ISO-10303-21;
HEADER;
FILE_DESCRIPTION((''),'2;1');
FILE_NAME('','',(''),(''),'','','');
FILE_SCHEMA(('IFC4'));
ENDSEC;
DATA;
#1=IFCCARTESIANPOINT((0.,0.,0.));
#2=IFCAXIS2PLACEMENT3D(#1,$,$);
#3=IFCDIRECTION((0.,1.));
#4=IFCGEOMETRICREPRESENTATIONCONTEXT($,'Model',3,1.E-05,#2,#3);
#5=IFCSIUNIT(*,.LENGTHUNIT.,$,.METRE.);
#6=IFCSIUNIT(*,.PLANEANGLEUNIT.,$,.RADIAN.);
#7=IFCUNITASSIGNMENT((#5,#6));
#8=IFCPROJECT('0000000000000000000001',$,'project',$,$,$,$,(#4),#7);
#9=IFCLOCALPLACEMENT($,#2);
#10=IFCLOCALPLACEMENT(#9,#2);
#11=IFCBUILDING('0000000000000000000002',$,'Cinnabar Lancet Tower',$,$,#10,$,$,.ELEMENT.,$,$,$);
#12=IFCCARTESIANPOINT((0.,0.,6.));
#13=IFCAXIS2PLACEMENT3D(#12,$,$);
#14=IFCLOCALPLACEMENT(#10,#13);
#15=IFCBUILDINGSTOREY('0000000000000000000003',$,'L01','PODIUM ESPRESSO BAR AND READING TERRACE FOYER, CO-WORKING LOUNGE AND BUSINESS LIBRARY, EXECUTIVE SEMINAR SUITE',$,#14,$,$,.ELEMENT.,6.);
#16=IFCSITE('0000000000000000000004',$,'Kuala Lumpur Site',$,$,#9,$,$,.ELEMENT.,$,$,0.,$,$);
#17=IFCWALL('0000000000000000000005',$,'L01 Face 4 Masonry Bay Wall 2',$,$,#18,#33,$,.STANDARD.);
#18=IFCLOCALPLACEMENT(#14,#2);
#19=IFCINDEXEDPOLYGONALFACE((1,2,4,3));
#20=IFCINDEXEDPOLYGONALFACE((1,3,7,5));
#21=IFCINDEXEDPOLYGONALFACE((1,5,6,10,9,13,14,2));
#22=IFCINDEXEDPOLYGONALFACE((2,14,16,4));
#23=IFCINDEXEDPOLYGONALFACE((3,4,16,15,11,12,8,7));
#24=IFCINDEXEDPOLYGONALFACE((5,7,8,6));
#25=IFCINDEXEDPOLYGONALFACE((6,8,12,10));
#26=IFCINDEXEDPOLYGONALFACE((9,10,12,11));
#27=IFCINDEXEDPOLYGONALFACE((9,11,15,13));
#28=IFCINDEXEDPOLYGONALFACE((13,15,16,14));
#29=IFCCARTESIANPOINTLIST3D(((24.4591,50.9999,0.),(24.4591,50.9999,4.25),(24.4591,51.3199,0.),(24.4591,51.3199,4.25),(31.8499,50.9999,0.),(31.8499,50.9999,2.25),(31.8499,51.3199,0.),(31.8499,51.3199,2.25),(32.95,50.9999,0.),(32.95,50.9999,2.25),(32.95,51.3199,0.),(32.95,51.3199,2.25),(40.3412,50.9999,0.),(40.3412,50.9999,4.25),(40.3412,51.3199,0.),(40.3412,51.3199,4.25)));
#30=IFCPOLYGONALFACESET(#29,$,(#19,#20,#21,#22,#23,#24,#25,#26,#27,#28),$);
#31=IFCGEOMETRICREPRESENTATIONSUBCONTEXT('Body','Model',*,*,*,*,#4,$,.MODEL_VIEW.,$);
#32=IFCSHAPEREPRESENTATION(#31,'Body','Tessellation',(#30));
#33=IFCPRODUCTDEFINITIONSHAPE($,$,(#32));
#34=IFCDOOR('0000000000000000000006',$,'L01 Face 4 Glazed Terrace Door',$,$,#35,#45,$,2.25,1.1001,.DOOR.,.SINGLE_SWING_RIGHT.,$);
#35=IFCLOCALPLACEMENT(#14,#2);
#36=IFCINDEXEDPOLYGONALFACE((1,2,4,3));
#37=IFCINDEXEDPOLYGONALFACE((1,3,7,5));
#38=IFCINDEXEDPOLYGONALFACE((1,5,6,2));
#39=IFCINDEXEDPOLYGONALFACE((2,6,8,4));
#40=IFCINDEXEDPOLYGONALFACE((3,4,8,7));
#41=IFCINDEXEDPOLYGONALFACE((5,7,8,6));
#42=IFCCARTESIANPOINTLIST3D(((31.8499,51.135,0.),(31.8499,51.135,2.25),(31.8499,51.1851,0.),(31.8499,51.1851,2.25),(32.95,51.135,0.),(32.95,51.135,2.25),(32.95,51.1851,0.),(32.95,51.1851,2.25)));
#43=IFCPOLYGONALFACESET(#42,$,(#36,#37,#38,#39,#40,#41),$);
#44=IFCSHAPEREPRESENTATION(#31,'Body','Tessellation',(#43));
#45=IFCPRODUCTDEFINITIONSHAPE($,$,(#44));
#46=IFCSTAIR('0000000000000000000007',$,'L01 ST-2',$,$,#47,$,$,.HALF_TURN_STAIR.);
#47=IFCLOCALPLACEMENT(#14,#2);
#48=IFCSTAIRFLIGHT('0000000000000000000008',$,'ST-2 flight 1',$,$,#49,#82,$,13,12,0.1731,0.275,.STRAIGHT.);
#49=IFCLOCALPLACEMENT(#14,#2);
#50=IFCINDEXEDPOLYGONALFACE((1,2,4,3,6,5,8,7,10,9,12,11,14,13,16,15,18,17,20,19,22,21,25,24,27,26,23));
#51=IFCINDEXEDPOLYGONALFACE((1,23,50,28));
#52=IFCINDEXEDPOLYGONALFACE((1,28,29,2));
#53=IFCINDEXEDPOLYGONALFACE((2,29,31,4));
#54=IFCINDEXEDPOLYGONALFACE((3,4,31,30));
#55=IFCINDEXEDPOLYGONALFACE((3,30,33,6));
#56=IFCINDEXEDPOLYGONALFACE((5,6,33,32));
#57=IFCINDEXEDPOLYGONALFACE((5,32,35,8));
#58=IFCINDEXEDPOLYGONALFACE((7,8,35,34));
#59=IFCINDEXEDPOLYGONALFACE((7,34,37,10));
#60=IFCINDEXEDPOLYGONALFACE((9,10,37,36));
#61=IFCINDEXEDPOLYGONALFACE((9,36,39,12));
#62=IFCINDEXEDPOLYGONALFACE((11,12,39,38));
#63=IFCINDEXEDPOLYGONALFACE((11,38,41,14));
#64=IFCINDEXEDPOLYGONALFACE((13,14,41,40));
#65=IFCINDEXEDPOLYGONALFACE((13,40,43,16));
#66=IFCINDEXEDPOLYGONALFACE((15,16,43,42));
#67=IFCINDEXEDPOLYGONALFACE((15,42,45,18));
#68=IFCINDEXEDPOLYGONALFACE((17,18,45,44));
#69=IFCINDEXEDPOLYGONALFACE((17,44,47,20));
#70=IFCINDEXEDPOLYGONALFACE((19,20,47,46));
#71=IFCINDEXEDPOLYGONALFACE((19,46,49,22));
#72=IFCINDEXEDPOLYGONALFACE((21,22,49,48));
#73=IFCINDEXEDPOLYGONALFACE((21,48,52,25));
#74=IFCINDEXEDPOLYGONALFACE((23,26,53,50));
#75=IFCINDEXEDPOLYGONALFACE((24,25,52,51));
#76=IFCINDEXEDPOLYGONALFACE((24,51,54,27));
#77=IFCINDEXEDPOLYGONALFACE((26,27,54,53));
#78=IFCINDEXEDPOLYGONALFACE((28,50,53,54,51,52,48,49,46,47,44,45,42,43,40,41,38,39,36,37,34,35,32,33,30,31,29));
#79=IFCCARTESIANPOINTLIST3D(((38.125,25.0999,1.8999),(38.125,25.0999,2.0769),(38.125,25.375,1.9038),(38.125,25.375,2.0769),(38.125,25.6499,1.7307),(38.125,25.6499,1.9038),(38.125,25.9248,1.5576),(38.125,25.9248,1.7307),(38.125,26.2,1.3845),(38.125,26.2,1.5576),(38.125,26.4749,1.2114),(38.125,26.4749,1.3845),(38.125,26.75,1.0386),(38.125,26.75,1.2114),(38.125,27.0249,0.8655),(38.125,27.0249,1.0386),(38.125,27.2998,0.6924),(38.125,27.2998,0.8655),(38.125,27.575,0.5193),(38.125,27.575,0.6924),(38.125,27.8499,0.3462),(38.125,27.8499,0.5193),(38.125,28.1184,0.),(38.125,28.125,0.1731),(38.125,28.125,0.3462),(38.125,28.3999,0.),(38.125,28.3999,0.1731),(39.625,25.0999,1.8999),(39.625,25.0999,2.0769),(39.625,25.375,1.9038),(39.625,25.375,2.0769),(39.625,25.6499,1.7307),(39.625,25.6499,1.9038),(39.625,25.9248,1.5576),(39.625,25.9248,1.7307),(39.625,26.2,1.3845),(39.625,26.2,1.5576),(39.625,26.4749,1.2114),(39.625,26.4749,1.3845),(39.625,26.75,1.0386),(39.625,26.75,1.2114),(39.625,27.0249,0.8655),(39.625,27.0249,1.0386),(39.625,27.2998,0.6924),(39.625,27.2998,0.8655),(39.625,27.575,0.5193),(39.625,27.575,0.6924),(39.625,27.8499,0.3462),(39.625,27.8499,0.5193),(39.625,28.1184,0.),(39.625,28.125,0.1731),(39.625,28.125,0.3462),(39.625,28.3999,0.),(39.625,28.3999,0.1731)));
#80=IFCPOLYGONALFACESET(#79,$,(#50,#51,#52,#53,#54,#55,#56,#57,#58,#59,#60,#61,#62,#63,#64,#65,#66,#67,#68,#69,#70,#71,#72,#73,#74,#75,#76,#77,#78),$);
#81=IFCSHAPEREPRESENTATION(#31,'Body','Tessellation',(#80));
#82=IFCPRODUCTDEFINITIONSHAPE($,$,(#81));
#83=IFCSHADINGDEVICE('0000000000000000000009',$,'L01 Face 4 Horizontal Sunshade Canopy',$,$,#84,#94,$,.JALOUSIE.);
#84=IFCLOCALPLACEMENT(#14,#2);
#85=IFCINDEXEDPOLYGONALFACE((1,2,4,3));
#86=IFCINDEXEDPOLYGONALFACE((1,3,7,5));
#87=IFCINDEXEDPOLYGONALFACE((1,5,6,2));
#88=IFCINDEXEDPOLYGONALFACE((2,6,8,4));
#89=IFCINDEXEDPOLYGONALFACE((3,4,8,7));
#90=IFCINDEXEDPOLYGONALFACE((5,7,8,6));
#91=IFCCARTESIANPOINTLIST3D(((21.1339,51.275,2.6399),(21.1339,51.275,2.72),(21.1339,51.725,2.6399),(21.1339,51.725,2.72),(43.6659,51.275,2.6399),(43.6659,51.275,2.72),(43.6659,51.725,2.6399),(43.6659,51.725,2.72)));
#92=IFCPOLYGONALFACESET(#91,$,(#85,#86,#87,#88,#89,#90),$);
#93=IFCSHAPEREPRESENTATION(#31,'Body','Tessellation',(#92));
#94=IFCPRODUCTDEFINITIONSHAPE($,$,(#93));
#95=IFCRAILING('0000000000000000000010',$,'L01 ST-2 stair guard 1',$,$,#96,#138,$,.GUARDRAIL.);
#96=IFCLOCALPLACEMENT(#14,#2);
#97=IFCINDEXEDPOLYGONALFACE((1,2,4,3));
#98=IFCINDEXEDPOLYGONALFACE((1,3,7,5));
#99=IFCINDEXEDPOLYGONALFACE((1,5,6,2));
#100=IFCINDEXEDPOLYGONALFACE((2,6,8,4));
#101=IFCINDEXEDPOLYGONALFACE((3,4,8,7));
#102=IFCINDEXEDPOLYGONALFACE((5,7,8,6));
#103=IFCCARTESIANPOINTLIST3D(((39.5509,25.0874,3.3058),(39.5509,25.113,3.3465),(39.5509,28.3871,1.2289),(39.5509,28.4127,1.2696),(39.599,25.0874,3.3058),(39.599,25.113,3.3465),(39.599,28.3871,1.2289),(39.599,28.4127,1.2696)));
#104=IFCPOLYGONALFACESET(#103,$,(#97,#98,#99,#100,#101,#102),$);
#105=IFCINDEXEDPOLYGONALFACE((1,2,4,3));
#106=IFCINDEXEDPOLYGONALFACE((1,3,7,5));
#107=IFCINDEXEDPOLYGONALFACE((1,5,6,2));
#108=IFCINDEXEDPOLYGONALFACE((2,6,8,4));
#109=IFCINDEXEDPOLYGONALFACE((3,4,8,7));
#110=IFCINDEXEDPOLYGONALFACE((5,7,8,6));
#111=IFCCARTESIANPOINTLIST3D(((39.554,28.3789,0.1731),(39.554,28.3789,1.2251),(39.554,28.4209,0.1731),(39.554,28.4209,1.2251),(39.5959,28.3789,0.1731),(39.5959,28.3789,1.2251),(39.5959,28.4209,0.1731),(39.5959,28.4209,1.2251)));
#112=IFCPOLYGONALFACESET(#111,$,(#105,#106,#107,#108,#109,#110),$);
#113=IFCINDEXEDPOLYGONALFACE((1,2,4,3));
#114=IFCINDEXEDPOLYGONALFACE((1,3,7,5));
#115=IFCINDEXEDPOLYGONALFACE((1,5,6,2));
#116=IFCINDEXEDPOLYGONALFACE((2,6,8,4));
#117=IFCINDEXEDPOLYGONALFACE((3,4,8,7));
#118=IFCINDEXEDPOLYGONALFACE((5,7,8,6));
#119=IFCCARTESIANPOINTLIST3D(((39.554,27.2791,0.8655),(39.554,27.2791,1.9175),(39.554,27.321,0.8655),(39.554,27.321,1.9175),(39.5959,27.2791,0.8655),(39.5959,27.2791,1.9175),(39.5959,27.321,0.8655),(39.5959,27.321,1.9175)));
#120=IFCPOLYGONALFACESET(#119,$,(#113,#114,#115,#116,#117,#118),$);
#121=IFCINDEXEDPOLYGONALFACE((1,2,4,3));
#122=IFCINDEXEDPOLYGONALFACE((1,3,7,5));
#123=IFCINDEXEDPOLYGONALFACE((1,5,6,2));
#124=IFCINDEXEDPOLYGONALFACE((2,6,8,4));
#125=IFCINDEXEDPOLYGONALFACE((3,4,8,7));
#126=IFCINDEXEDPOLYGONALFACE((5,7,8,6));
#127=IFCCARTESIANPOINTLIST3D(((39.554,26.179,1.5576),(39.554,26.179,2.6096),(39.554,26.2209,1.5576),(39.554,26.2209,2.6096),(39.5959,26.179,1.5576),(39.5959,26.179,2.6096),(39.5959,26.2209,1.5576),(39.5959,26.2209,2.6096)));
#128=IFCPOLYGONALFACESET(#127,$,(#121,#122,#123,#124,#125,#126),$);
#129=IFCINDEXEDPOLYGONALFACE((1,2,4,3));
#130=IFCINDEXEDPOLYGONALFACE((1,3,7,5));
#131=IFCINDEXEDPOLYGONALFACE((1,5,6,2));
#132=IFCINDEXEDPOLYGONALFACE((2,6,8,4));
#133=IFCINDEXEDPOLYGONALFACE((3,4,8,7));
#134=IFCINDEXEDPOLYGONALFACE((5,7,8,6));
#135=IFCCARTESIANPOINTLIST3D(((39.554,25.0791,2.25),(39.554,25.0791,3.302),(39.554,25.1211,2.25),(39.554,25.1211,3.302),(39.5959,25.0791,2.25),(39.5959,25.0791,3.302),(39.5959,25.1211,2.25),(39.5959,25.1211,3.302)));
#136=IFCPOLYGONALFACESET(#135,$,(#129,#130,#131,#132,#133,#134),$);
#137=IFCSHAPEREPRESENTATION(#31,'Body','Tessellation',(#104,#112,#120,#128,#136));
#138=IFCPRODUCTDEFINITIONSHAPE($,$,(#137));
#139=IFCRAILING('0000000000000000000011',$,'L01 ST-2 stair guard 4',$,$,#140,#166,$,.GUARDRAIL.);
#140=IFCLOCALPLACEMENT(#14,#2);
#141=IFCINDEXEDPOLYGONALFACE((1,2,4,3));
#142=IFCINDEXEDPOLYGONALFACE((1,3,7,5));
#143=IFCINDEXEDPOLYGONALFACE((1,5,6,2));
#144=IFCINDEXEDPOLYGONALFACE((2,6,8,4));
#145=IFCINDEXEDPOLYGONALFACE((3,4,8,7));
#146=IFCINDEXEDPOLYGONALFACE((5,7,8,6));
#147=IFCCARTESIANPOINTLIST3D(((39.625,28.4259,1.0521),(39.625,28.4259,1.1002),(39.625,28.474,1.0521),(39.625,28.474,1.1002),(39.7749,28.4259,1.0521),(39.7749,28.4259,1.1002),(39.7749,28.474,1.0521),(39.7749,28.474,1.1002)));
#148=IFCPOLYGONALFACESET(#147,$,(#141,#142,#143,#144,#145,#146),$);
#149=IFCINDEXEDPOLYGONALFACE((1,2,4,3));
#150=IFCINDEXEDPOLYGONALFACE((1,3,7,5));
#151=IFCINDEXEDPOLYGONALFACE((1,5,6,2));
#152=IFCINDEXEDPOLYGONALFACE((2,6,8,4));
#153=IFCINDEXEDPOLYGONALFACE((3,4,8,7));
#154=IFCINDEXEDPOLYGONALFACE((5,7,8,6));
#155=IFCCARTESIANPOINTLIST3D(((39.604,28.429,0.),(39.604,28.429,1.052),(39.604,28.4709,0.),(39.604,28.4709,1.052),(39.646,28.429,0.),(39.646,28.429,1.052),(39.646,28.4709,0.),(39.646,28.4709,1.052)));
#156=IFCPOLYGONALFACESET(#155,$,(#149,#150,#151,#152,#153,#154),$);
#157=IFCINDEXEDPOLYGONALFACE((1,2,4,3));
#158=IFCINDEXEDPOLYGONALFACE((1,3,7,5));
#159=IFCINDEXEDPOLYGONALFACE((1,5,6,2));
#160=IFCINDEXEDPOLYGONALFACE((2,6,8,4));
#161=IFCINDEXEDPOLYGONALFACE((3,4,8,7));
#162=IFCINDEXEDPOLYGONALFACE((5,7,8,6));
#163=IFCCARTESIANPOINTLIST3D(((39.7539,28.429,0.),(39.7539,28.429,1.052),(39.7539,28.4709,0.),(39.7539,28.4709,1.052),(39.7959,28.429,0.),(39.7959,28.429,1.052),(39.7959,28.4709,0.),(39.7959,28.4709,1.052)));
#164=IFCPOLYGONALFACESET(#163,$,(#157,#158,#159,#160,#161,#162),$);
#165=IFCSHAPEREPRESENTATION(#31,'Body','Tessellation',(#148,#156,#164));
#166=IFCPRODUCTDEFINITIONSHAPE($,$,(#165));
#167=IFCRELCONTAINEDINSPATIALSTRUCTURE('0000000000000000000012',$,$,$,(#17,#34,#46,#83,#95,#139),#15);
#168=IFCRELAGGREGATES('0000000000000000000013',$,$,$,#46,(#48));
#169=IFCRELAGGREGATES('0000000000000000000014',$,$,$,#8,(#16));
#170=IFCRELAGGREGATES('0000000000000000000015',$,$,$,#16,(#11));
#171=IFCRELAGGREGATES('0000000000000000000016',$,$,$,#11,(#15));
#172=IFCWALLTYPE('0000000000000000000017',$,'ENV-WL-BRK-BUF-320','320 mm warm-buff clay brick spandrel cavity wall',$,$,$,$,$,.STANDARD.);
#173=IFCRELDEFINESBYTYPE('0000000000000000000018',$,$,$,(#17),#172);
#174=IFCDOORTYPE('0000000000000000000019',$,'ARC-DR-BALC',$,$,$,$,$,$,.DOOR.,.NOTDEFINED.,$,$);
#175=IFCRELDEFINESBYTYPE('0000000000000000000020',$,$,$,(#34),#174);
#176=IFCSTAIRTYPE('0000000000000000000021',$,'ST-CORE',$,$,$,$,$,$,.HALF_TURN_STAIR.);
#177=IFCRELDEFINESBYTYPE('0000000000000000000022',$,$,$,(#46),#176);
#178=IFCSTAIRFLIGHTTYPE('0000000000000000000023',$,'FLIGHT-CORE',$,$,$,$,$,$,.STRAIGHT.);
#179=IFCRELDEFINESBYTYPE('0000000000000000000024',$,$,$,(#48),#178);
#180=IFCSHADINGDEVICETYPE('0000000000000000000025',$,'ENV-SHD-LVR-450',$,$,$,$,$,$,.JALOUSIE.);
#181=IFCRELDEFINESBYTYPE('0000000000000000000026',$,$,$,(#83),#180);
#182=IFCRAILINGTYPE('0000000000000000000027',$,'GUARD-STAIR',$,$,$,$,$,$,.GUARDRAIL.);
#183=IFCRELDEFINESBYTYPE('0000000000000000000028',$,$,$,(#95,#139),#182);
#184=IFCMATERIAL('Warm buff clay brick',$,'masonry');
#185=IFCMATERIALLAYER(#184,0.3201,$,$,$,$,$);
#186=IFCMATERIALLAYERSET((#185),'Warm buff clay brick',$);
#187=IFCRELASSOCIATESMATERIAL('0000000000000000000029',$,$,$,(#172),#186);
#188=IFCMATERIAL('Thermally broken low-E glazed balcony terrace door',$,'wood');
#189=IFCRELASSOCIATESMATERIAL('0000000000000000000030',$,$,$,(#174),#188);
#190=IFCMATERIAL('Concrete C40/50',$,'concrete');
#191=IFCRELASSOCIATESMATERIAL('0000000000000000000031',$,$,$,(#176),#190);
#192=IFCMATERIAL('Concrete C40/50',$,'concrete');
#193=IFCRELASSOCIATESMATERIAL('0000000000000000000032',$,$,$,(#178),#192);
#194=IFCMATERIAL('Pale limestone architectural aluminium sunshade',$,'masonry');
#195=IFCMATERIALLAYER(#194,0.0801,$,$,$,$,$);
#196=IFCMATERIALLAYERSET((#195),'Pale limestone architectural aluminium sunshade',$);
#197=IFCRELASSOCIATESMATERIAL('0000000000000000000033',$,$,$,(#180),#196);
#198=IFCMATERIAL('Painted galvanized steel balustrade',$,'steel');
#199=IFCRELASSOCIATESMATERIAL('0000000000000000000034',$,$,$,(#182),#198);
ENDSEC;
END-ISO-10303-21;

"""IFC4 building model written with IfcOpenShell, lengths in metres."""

from ifc_helpers import new_model, si_unit, direction, frame, frame_2d, origin, origin_2d, place, context, subcontext, project, spatial, polyline, rectangle, outline, extrude, material, layer, layer_set, type_object, element, fill, aggregate, save


model = new_model("IFC4")

# Units and contexts
model_context = context("Model", 3, precision=1e-05, world=origin(), true_north=direction((0.0, 1.0)))
body_context = subcontext(model_context, "Body", "Model", "MODEL_VIEW")
ifc_project = project(units=[si_unit("LENGTHUNIT", "METRE"), si_unit("PLANEANGLEUNIT", "RADIAN")], contexts=[model_context])

# Site, building, storey
site_placement = place(None, origin())
site = spatial("IfcSite", under=ifc_project, at=site_placement, Name="Kuala Lumpur Site", CompositionType="ELEMENT", RefElevation=0.0)
building_placement = place(site_placement, origin())
building = spatial("IfcBuilding", under=site, at=building_placement, Name="Cinnabar Lancet Tower", CompositionType="ELEMENT")
storey_placement = place(building_placement, frame((0.0, 0.0, 6.0)))
storey = spatial("IfcBuildingStorey", under=building, at=storey_placement, Name="L01", Description="PODIUM ESPRESSO BAR AND READING TERRACE FOYER, CO-WORKING LOUNGE AND BUSINESS LIBRARY, EXECUTIVE SEMINAR SUITE", CompositionType="ELEMENT", Elevation=6.0)

# Wall, opening, door
ifc_material_1 = material(Name="Warm buff clay brick", Category="masonry")
ifc_layer_1 = layer(ifc_material_1, 0.3201)
ifc_layer_set_1 = layer_set([ifc_layer_1], Name="Warm buff clay brick")
wall_type_1 = type_object("IfcWallType", Name="ENV-WL-BRK-BUF-320", Description="320 mm warm-buff clay brick spandrel cavity wall", PredefinedType="STANDARD", material=ifc_layer_set_1)
wall_1_placement = place(storey_placement, frame((40.3411, 51.1599, 0.0), z_axis=(0.0, 0.0, 1.0), x_axis=(-1.0, 0.0, 0.0)))
wall_1 = element("IfcWall", 1, at=wall_1_placement, inside=storey, type_object=wall_type_1, Name="L01 Face 4 Masonry Bay Wall 2", PredefinedType="STANDARD", context=body_context, shape_type="SweptSolid", body=[
    extrude(rectangle(XDim=15.8821, YDim=0.3201, at=frame_2d((7.9409, 0.0))), origin(), (0.0, 0.0, 1.0), 4.25),
])
opening_1_placement = place(wall_1_placement, frame((7.3911, 0.0, 0.0)))
opening_1 = element("IfcOpeningElement", 2, at=opening_1_placement, cuts=wall_1, PredefinedType="OPENING", context=body_context, shape_type="SweptSolid", body=[
    extrude(rectangle(XDim=1.1001, YDim=2.25, at=frame_2d((0.55, 1.125))), frame((0.0, 0.1699, 0.0), z_axis=(0.0, -1.0, 0.0), x_axis=(1.0, 0.0, 0.0)), (0.0, 0.0, 1.0), 0.3401),
])
ifc_material_2 = material(Name="Thermally broken low-E glazed balcony terrace door", Category="wood")
door_type_1 = type_object("IfcDoorType", Name="ARC-DR-BALC", OperationType="NOTDEFINED", PredefinedType="DOOR", material=ifc_material_2)
door_1_placement = place(opening_1_placement, origin())
door_1 = element("IfcDoor", 3, at=door_1_placement, inside=storey, type_object=door_type_1, Name="L01 Face 4 Glazed Terrace Door", OperationType="SINGLE_SWING_RIGHT", OverallHeight=2.25, OverallWidth=1.1001, PredefinedType="DOOR", context=body_context, shape_type="SweptSolid", body=[
    extrude(rectangle(XDim=1.1001, YDim=2.25, at=frame_2d((0.55, 1.125))), frame((0.0, 0.0249, 0.0), z_axis=(0.0, -1.0, 0.0), x_axis=(1.0, 0.0, 0.0)), (0.0, 0.0, 1.0), 0.05),
])
fill(opening_1, door_1)

# Stair, stair flight
ifc_material_3 = material(Name="Concrete C40/50", Category="concrete")
stair_type = type_object("IfcStairType", Name="ST-CORE", PredefinedType="HALF_TURN_STAIR", material=ifc_material_3)
stair_placement = place(storey_placement, origin())
stair = element("IfcStair", 4, at=stair_placement, inside=storey, type_object=stair_type, Name="L01 ST-2", PredefinedType="HALF_TURN_STAIR")
ifc_material_4 = material(Name="Concrete C40/50", Category="concrete")
stair_flight_type = type_object("IfcStairFlightType", Name="FLIGHT-CORE", PredefinedType="STRAIGHT", material=ifc_material_4)
stair_flight_placement = place(storey_placement, frame((38.875, 28.3999, 0.0), z_axis=(0.0, 0.0, 1.0), x_axis=(0.0, -1.0, 0.0)))
stair_flight = element("IfcStairFlight", 5, at=stair_flight_placement, type_object=stair_flight_type, Name="ST-2 flight 1", NumberOfRisers=13, NumberOfTreads=12, PredefinedType="STRAIGHT", RiserHeight=0.1731, TreadLength=0.275, context=body_context, shape_type="SweptSolid", body=[
    extrude(outline(polyline([(0.0, 0.0), (0.0, 0.1731), (0.2749, 0.1731), (0.2749, 0.3462), (0.55, 0.3462), (0.55, 0.5193), (0.825, 0.5193), (0.825, 0.6924), (1.1001, 0.6924), (1.1001, 0.8655), (1.375, 0.8655), (1.375, 1.0386), (1.6499, 1.0386), (1.6499, 1.2114), (1.925, 1.2114), (1.925, 1.3845), (2.2, 1.3845), (2.2, 1.5576), (2.4751, 1.5576), (2.4751, 1.7307), (2.75, 1.7307), (2.75, 1.9038), (3.0249, 1.9038), (3.0249, 2.0769), (3.3, 2.0769), (3.3, 2.25), (3.3, 1.8999), (0.2815, 0.0), (0.0, 0.0)])), frame((0.0, 0.75, 0.0), z_axis=(0.0, -1.0, 0.0), x_axis=(1.0, 0.0, 0.0)), (0.0, 0.0, 1.0), 1.5),
])
aggregate(stair, [stair_flight])

# Shading device
ifc_material_5 = material(Name="Pale limestone architectural aluminium sunshade", Category="masonry")
ifc_layer_2 = layer(ifc_material_5, 0.0801)
ifc_layer_set_2 = layer_set([ifc_layer_2], Name="Pale limestone architectural aluminium sunshade")
shading_device_type = type_object("IfcShadingDeviceType", Name="ENV-SHD-LVR-450", PredefinedType="JALOUSIE", material=ifc_layer_set_2)
shading_device_placement = place(storey_placement, frame((32.3999, 51.5, 2.6399), z_axis=(0.0, 0.0, 1.0), x_axis=(-1.0, 0.0, 0.0)))
element("IfcShadingDevice", 6, at=shading_device_placement, inside=storey, type_object=shading_device_type, Name="L01 Face 4 Horizontal Sunshade Canopy", PredefinedType="JALOUSIE", context=body_context, shape_type="SweptSolid", body=[
    extrude(rectangle(XDim=22.532, YDim=0.45, at=origin_2d()), origin(), (0.0, 0.0, 1.0), 0.0801),
])

# Railings
ifc_material_6 = material(Name="Painted galvanized steel balustrade", Category="steel")
railing_type_1 = type_object("IfcRailingType", Name="GUARD-STAIR", PredefinedType="GUARDRAIL", material=ifc_material_6)
railing_1_placement = place(storey_placement, frame((39.575, 28.3999, 0.1731)))
element("IfcRailing", 7, at=railing_1_placement, inside=storey, type_object=railing_type_1, Name="L01 ST-2 stair guard 1", PredefinedType="GUARDRAIL", context=body_context, shape_type="SweptSolid", body=[
    extrude(rectangle(XDim=0.0481, YDim=0.0481, at=origin_2d()), frame((0.0, 0.0, 1.0762), z_axis=(0.0, -0.84632, 0.532675), x_axis=(1.0, 0.0, 0.0)), (0.0, 0.0, 1.0), 3.8989),
    extrude(rectangle(XDim=0.042, YDim=0.042, at=origin_2d()), origin(), (0.0, 0.0, 1.0), 1.052),
    extrude(rectangle(XDim=0.042, YDim=0.042, at=origin_2d()), frame((0.0, -1.0999, 0.6924)), (0.0, 0.0, 1.0), 1.052),
    extrude(rectangle(XDim=0.042, YDim=0.042, at=origin_2d()), frame((0.0, -2.2, 1.3845)), (0.0, 0.0, 1.0), 1.052),
    extrude(rectangle(XDim=0.042, YDim=0.042, at=origin_2d()), frame((0.0, -3.2998, 2.0769)), (0.0, 0.0, 1.0), 1.052),
])
railing_2_placement = place(storey_placement, frame((39.625, 28.45, 0.0)))
element("IfcRailing", 8, at=railing_2_placement, inside=storey, type_object=railing_type_1, Name="L01 ST-2 stair guard 4", PredefinedType="GUARDRAIL", context=body_context, shape_type="SweptSolid", body=[
    extrude(rectangle(XDim=0.0481, YDim=0.0481, at=origin_2d()), frame((0.0, 0.0, 1.0762), z_axis=(1.0, 0.0, 0.0), x_axis=(0.0, 1.0, 0.0)), (0.0, 0.0, 1.0), 0.1499),
    extrude(rectangle(XDim=0.042, YDim=0.042, at=origin_2d()), origin(), (0.0, 0.0, 1.0), 1.052),
    extrude(rectangle(XDim=0.042, YDim=0.042, at=origin_2d()), frame((0.1499, 0.0, 0.0)), (0.0, 0.0, 1.0), 1.052),
])

save(model, "model.ifc")
